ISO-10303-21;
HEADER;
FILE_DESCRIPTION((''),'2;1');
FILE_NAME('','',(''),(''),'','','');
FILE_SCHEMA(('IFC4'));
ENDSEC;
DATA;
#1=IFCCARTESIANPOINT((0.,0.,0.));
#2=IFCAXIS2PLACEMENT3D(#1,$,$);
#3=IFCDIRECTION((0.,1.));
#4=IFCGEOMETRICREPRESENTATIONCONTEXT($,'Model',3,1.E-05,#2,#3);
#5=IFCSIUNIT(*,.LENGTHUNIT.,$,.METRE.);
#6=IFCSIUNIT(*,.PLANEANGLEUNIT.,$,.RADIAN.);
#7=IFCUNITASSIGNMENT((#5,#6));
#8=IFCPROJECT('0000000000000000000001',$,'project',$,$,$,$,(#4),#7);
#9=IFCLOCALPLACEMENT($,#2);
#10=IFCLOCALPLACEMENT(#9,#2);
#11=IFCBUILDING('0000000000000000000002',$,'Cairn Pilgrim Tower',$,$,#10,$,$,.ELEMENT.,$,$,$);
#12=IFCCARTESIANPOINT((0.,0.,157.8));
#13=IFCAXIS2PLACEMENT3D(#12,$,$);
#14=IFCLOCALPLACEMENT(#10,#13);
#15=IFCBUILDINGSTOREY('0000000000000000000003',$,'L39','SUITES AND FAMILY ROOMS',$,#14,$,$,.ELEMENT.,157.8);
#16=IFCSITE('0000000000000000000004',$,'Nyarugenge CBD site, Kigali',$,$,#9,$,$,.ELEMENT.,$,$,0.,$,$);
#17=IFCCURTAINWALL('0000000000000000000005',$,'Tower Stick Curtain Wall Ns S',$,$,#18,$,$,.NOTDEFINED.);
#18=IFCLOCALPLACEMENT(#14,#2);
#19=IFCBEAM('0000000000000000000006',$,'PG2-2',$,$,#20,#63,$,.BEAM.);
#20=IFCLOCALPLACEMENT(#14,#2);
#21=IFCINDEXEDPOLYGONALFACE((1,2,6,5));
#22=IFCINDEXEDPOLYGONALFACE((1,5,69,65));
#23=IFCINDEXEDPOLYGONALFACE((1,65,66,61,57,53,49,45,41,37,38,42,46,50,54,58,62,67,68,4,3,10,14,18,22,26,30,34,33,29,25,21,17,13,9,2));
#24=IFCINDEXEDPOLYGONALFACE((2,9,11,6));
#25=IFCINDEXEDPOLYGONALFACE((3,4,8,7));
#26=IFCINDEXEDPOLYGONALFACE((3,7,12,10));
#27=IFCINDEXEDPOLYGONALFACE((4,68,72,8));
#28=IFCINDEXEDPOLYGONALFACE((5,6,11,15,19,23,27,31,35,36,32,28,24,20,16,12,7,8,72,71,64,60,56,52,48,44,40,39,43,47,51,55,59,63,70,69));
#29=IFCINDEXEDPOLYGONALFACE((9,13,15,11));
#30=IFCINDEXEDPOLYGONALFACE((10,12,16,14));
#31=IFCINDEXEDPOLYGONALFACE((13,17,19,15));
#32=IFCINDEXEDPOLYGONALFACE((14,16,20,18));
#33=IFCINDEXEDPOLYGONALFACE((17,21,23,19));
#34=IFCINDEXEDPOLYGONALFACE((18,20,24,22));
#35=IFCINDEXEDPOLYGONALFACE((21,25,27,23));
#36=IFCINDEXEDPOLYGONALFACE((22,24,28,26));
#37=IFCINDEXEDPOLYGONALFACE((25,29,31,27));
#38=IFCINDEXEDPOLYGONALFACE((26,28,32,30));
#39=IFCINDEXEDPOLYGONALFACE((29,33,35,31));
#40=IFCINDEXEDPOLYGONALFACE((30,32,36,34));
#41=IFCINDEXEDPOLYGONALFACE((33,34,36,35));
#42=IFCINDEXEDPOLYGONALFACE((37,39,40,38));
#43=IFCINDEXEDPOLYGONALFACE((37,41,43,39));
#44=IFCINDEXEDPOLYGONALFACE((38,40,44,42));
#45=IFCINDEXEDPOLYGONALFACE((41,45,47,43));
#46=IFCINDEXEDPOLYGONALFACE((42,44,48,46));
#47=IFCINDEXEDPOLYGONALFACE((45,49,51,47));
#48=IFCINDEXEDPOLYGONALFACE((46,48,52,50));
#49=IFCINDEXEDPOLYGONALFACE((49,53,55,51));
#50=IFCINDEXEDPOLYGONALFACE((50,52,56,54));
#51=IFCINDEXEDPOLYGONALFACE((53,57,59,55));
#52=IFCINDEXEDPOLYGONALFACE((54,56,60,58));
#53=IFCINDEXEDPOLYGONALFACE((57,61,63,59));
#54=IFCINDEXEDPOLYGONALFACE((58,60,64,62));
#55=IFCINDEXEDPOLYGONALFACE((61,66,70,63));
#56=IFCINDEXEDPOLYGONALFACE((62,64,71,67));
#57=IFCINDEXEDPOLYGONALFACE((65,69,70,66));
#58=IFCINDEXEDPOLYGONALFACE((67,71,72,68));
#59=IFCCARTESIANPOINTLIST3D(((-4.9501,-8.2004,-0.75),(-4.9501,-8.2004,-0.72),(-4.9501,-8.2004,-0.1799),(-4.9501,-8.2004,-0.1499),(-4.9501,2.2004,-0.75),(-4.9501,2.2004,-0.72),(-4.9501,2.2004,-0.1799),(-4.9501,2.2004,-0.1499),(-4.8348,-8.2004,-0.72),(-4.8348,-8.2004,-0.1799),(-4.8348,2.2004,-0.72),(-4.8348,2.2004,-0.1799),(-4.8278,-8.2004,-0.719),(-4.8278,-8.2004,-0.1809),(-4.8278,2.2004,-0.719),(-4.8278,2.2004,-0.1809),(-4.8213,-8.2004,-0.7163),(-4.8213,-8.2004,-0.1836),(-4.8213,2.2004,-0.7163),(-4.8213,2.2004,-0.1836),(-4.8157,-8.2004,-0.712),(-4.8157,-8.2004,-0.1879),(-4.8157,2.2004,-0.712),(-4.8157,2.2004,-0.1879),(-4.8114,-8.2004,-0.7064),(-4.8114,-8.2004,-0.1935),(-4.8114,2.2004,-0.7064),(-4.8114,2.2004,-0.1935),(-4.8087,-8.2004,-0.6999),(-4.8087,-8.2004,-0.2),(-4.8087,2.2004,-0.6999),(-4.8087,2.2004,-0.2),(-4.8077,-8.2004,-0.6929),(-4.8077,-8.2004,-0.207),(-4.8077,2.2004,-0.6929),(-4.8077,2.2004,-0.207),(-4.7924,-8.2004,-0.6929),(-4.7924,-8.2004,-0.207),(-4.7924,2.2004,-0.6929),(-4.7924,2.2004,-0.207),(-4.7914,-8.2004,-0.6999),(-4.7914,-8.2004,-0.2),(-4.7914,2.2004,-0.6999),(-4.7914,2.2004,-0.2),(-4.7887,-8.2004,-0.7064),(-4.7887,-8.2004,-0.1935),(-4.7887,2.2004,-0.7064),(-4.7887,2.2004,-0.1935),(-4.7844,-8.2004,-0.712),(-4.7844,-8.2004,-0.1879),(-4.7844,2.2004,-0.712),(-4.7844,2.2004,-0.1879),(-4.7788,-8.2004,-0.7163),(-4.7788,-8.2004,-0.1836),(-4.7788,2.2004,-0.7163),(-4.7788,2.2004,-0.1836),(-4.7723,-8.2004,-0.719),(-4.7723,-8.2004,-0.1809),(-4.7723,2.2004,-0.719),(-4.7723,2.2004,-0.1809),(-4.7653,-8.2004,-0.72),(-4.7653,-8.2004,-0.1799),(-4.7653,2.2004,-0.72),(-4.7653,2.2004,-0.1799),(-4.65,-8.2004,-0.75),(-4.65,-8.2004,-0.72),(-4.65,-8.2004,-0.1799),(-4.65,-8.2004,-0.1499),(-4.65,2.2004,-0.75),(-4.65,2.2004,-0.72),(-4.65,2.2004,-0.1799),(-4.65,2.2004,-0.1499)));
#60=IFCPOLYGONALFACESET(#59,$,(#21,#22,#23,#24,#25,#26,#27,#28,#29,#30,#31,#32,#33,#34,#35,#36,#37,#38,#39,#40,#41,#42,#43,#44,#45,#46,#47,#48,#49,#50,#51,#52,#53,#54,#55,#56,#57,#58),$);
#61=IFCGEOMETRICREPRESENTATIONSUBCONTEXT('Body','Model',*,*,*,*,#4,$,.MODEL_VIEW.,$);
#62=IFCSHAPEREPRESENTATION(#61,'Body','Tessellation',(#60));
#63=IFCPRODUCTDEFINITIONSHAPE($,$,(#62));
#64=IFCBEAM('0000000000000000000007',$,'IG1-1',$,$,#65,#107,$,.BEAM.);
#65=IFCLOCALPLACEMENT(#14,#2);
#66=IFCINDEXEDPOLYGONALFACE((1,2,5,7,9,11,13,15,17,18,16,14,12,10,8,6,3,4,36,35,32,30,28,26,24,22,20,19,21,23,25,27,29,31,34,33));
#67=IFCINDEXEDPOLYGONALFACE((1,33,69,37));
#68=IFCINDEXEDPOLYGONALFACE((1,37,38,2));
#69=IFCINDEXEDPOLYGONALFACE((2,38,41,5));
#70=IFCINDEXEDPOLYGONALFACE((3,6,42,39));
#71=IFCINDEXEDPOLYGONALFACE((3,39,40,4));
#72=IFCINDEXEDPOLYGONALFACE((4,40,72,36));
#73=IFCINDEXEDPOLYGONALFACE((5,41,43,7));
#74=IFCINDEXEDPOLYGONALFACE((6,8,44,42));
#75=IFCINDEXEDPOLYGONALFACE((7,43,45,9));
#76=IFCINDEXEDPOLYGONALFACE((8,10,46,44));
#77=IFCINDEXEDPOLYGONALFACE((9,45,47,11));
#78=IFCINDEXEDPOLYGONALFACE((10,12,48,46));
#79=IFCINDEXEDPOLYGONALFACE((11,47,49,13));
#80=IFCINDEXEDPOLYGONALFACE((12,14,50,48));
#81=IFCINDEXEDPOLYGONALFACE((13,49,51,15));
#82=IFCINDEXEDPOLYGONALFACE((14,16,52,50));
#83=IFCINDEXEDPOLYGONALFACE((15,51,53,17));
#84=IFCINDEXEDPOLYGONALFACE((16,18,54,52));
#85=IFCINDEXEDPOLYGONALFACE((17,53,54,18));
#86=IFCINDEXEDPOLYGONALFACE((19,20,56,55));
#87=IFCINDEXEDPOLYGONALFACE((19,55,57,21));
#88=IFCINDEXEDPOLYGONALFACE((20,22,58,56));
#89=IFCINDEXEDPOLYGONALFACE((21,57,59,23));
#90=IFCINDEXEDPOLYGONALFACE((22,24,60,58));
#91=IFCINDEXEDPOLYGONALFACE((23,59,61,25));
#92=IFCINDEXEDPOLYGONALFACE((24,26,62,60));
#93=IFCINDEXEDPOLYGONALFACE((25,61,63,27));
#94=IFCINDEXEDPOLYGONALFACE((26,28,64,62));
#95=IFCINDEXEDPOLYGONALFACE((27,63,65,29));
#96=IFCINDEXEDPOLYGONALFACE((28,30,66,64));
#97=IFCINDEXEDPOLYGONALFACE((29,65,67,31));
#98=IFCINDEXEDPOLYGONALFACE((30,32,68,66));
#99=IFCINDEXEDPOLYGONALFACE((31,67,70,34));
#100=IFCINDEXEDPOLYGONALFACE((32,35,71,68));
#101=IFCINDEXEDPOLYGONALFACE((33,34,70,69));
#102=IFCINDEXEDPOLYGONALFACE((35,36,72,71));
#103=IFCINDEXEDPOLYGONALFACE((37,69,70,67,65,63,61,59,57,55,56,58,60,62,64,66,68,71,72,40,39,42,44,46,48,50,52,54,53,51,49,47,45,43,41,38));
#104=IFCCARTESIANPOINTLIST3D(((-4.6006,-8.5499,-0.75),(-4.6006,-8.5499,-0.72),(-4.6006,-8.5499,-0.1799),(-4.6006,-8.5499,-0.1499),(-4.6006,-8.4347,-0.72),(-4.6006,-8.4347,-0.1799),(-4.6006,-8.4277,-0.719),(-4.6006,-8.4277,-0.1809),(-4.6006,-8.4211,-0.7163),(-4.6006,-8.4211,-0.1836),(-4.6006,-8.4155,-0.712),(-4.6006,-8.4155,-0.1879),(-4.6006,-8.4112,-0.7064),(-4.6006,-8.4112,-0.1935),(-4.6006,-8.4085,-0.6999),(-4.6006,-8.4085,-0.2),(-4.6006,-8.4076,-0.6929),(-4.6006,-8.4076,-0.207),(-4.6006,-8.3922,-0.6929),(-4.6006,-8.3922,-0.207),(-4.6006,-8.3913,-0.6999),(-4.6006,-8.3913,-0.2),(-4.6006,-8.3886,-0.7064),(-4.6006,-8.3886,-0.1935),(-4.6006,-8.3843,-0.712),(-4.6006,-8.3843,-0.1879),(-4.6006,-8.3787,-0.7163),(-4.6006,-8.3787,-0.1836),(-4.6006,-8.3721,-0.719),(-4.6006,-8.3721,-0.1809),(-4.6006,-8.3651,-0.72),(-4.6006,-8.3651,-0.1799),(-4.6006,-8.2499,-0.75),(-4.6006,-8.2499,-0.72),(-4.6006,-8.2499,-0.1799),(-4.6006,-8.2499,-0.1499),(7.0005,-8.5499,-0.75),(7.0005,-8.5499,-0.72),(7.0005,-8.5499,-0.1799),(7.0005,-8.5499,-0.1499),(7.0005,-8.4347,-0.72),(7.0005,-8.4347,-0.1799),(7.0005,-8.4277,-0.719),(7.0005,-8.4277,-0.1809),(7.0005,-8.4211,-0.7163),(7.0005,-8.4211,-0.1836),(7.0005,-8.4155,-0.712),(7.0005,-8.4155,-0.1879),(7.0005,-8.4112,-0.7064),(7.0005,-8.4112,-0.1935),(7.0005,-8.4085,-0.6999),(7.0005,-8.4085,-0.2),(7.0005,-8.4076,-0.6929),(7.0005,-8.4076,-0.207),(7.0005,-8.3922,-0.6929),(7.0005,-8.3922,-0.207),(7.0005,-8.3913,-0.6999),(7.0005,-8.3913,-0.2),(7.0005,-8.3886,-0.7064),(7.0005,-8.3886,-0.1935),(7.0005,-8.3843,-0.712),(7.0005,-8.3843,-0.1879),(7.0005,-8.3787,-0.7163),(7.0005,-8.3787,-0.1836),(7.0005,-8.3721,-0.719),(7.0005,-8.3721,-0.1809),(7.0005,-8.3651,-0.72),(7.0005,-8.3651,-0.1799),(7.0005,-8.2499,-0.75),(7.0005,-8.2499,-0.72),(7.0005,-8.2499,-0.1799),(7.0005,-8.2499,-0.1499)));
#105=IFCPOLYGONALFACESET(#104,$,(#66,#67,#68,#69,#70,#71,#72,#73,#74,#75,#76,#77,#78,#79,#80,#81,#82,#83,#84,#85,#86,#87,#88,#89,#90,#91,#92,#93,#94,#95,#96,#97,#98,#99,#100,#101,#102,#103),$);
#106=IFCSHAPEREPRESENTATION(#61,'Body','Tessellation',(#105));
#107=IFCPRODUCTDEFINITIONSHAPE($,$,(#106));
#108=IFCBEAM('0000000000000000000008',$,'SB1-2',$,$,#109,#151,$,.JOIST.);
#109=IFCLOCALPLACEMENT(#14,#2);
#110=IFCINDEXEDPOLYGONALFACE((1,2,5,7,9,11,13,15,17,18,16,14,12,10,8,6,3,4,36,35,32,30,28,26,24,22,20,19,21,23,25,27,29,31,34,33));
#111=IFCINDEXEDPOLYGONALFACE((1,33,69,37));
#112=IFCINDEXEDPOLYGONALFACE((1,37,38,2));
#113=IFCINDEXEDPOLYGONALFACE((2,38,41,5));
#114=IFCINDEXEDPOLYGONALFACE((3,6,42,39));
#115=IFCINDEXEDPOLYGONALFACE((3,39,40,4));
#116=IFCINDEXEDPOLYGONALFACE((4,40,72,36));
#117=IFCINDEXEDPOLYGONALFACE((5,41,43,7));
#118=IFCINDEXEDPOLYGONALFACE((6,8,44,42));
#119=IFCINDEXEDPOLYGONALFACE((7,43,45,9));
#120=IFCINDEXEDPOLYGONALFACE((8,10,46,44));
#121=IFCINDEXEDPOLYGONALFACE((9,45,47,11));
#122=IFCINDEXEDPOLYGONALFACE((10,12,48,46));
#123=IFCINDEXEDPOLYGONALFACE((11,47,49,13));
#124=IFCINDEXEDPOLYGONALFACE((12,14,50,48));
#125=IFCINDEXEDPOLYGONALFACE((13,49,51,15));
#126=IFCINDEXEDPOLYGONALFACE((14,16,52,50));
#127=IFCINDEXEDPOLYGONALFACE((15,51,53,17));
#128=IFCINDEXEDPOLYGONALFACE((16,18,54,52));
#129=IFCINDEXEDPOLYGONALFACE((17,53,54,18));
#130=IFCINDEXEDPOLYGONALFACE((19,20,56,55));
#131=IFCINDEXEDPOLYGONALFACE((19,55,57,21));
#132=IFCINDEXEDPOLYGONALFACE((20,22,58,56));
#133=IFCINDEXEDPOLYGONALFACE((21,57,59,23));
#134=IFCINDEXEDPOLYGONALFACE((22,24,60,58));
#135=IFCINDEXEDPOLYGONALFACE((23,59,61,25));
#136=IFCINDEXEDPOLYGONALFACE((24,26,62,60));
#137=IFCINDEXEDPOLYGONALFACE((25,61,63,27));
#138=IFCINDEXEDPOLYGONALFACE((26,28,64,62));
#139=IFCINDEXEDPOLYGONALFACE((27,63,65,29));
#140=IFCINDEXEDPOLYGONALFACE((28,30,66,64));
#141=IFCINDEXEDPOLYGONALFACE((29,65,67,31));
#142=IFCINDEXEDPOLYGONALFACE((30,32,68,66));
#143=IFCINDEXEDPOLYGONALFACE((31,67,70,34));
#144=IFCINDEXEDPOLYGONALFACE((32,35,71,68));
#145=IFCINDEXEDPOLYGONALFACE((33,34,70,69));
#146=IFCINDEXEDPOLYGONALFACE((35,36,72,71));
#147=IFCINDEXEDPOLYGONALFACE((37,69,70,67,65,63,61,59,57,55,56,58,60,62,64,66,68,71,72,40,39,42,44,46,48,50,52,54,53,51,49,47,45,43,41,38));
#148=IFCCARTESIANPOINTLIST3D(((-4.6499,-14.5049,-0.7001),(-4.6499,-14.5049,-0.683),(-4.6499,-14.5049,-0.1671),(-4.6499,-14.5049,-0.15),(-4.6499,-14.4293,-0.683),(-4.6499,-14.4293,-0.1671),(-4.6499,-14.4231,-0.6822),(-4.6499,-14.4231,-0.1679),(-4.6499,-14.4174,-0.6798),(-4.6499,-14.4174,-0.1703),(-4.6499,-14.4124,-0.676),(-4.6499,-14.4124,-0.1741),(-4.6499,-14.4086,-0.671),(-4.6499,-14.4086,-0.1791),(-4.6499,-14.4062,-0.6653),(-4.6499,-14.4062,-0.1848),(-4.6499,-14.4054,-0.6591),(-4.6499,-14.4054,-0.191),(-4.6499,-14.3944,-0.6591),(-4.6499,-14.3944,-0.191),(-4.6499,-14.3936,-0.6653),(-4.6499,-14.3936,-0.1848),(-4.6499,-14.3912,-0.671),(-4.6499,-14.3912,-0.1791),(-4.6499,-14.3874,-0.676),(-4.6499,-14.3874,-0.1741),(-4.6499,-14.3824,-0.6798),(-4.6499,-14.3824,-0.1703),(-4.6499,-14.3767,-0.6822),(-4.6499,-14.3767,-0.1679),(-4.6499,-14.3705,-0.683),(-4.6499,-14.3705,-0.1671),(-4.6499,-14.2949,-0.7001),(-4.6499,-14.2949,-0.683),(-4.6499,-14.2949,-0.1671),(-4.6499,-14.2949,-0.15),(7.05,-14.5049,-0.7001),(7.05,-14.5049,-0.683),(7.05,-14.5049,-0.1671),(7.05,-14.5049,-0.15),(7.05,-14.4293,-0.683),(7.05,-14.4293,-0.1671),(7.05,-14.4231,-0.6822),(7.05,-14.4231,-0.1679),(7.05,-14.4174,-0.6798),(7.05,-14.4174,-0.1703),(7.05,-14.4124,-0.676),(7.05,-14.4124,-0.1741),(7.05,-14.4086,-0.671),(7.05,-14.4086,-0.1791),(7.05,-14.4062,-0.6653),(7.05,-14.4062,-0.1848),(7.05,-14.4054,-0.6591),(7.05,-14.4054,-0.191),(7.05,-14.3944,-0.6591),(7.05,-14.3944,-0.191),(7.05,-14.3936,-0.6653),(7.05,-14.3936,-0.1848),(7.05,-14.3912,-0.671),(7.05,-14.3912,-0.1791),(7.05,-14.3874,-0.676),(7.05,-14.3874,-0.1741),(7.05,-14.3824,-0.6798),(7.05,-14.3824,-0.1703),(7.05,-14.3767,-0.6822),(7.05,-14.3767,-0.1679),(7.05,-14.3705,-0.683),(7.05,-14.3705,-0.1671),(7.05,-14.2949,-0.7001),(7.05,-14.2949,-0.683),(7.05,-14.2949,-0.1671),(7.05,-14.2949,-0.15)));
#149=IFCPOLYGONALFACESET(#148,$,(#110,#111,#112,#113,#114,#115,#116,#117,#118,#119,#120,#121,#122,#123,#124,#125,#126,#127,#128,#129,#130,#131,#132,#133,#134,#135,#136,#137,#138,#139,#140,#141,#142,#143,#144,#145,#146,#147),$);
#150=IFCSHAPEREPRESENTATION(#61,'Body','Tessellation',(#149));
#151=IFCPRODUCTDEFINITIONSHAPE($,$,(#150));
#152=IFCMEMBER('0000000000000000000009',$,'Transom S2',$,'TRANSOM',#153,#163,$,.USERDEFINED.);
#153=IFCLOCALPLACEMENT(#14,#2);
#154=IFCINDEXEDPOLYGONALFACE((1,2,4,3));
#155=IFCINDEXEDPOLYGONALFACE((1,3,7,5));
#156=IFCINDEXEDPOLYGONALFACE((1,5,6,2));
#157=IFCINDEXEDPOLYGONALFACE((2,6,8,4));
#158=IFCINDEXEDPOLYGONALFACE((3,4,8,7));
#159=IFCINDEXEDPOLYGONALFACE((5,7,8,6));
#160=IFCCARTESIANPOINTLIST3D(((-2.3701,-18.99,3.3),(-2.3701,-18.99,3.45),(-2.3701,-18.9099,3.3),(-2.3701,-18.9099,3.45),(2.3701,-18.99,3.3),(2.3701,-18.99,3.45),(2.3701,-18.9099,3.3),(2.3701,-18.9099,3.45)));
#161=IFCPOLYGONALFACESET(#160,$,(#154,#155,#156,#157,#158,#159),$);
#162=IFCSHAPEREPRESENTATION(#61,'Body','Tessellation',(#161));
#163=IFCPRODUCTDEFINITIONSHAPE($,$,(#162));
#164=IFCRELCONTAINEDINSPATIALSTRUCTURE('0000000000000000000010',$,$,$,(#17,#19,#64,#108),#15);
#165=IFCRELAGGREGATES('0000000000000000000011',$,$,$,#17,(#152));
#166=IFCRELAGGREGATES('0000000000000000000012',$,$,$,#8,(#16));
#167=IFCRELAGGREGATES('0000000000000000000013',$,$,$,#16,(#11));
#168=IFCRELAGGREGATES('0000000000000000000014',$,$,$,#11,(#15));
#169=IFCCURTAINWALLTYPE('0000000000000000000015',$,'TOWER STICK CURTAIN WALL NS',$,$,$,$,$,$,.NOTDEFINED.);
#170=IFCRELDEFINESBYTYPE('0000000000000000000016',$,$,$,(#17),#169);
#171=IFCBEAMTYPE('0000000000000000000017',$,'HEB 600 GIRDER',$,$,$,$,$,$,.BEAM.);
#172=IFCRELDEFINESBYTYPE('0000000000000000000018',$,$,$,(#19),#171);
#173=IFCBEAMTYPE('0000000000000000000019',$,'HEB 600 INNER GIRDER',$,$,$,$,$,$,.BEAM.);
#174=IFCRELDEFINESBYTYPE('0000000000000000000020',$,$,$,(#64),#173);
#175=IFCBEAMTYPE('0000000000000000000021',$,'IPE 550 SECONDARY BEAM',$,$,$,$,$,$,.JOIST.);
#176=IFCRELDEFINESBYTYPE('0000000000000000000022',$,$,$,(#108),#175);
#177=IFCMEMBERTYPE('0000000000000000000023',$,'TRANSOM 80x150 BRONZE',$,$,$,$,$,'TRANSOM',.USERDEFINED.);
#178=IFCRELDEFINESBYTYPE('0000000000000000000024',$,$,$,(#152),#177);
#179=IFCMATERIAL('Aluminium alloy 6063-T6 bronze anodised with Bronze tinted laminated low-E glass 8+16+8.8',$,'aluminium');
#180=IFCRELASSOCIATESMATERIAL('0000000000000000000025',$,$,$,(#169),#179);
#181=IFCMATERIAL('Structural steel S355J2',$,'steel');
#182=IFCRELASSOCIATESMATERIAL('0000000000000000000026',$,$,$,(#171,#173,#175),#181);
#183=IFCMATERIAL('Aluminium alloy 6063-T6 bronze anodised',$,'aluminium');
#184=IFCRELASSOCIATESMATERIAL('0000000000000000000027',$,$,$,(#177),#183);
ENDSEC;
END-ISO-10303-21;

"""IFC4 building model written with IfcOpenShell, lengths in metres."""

from ifc_helpers import new_model, si_unit, direction, frame, origin, origin_2d, place, context, subcontext, project, spatial, rectangle, i_section, extrude, material, material_profile, profile_set, type_object, element, aggregate, save


model = new_model("IFC4")

# Units and contexts
model_context = context("Model", 3, precision=1e-05, world=origin(), true_north=direction((0.0, 1.0)))
body_context = subcontext(model_context, "Body", "Model", "MODEL_VIEW")
ifc_project = project(units=[si_unit("LENGTHUNIT", "METRE"), si_unit("PLANEANGLEUNIT", "RADIAN")], contexts=[model_context])

# Site, building, storey
site_placement = place(None, origin())
site = spatial("IfcSite", under=ifc_project, at=site_placement, Name="Nyarugenge CBD site, Kigali", CompositionType="ELEMENT", RefElevation=0.0)
building_placement = place(site_placement, origin())
building = spatial("IfcBuilding", under=site, at=building_placement, Name="Cairn Pilgrim Tower", CompositionType="ELEMENT")
storey_placement = place(building_placement, frame((0.0, 0.0, 157.8)))
storey = spatial("IfcBuildingStorey", under=building, at=storey_placement, Name="L39", Description="SUITES AND FAMILY ROOMS", CompositionType="ELEMENT", Elevation=157.8)

# Shared definitions
ifc_material_1 = material(Name="Structural steel S355J2", Category="steel")

# Curtain wall
ifc_material_2 = material(Name="Aluminium alloy 6063-T6 bronze anodised with Bronze tinted laminated low-E glass 8+16+8.8", Category="aluminium")
curtain_wall_type = type_object("IfcCurtainWallType", Name="TOWER STICK CURTAIN WALL NS", PredefinedType="NOTDEFINED", material=ifc_material_2)
curtain_wall_placement = place(storey_placement, origin())
curtain_wall = element("IfcCurtainWall", 1, at=curtain_wall_placement, inside=storey, type_object=curtain_wall_type, Name="Tower Stick Curtain Wall Ns S", PredefinedType="NOTDEFINED")
ifc_material_3 = material(Name="Aluminium alloy 6063-T6 bronze anodised", Category="aluminium")

# Beams
ifc_material_profile_1 = material_profile(ifc_material_1, i_section(OverallWidth=0.3, OverallDepth=0.6001, WebThickness=0.0154, FlangeThickness=0.03, FilletRadius=0.0271, at=origin_2d()), Name="HEB 600")
ifc_profile_set_1 = profile_set([ifc_material_profile_1], Name="Structural steel S355J2")
beam_type_1 = type_object("IfcBeamType", Name="HEB 600 GIRDER", PredefinedType="BEAM", material=ifc_profile_set_1)
beam_1_placement = place(storey_placement, frame((-4.8, -8.2004, -0.45), z_axis=(0.0, 1.0, 0.0), x_axis=(-1.0, 0.0, 0.0)))
element("IfcBeam", 2, at=beam_1_placement, inside=storey, type_object=beam_type_1, Name="PG2-2", PredefinedType="BEAM", context=body_context, shape_type="SweptSolid", body=[
    extrude(i_section(OverallWidth=0.3, OverallDepth=0.6001, WebThickness=0.0154, FlangeThickness=0.03, FilletRadius=0.0271, at=origin_2d()), origin(), (0.0, 0.0, 1.0), 10.4009),
])
ifc_material_profile_2 = material_profile(ifc_material_1, i_section(OverallWidth=0.3, OverallDepth=0.6001, WebThickness=0.0154, FlangeThickness=0.03, FilletRadius=0.0271, at=origin_2d()), Name="HEB 600")
ifc_profile_set_2 = profile_set([ifc_material_profile_2], Name="Structural steel S355J2")
beam_type_2 = type_object("IfcBeamType", Name="HEB 600 INNER GIRDER", PredefinedType="BEAM", material=ifc_profile_set_2)
beam_2_placement = place(storey_placement, frame((-4.6006, -8.3999, -0.45), z_axis=(1.0, 0.0, 0.0), x_axis=(0.0, 1.0, 0.0)))
element("IfcBeam", 3, at=beam_2_placement, inside=storey, type_object=beam_type_2, Name="IG1-1", PredefinedType="BEAM", context=body_context, shape_type="SweptSolid", body=[
    extrude(i_section(OverallWidth=0.3, OverallDepth=0.6001, WebThickness=0.0154, FlangeThickness=0.03, FilletRadius=0.0271, at=origin_2d()), origin(), (0.0, 0.0, 1.0), 11.6011),
])
ifc_material_profile_3 = material_profile(ifc_material_1, i_section(OverallWidth=0.21, OverallDepth=0.55, WebThickness=0.011, FlangeThickness=0.0171, FilletRadius=0.0239, at=origin_2d()), Name="IPE 550")
ifc_profile_set_3 = profile_set([ifc_material_profile_3], Name="Structural steel S355J2")
beam_type_3 = type_object("IfcBeamType", Name="IPE 550 SECONDARY BEAM", PredefinedType="JOIST", material=ifc_profile_set_3)
beam_3_placement = place(storey_placement, frame((-4.6499, -14.3999, -0.425), z_axis=(1.0, 0.0, 0.0), x_axis=(0.0, 1.0, 0.0)))
element("IfcBeam", 4, at=beam_3_placement, inside=storey, type_object=beam_type_3, Name="SB1-2", PredefinedType="JOIST", context=body_context, shape_type="SweptSolid", body=[
    extrude(i_section(OverallWidth=0.21, OverallDepth=0.55, WebThickness=0.011, FlangeThickness=0.0171, FilletRadius=0.0239, at=origin_2d()), origin(), (0.0, 0.0, 1.0), 11.7),
])

# Member
ifc_material_profile_4 = material_profile(ifc_material_3, rectangle(XDim=0.0801, YDim=0.1499, at=origin_2d()), Name="TRANSOM 80x150 BRONZE")
ifc_profile_set_4 = profile_set([ifc_material_profile_4], Name="Aluminium alloy 6063-T6 bronze anodised")
member_type_1 = type_object("IfcMemberType", Name="TRANSOM 80x150 BRONZE", ElementType="TRANSOM", PredefinedType="USERDEFINED", material=ifc_profile_set_4)
member_1_placement = place(storey_placement, frame((-2.3701, -18.95, 3.375), z_axis=(1.0, 0.0, 0.0), x_axis=(0.0, 1.0, 0.0)))
member_1 = element("IfcMember", 5, at=member_1_placement, type_object=member_type_1, Name="Transom S2", ObjectType="TRANSOM", PredefinedType="USERDEFINED", context=body_context, shape_type="SweptSolid", body=[
    extrude(rectangle(XDim=0.0801, YDim=0.1499, at=origin_2d()), origin(), (0.0, 0.0, 1.0), 4.7402),
])
aggregate(curtain_wall, [member_1])

save(model, "model.ifc")
